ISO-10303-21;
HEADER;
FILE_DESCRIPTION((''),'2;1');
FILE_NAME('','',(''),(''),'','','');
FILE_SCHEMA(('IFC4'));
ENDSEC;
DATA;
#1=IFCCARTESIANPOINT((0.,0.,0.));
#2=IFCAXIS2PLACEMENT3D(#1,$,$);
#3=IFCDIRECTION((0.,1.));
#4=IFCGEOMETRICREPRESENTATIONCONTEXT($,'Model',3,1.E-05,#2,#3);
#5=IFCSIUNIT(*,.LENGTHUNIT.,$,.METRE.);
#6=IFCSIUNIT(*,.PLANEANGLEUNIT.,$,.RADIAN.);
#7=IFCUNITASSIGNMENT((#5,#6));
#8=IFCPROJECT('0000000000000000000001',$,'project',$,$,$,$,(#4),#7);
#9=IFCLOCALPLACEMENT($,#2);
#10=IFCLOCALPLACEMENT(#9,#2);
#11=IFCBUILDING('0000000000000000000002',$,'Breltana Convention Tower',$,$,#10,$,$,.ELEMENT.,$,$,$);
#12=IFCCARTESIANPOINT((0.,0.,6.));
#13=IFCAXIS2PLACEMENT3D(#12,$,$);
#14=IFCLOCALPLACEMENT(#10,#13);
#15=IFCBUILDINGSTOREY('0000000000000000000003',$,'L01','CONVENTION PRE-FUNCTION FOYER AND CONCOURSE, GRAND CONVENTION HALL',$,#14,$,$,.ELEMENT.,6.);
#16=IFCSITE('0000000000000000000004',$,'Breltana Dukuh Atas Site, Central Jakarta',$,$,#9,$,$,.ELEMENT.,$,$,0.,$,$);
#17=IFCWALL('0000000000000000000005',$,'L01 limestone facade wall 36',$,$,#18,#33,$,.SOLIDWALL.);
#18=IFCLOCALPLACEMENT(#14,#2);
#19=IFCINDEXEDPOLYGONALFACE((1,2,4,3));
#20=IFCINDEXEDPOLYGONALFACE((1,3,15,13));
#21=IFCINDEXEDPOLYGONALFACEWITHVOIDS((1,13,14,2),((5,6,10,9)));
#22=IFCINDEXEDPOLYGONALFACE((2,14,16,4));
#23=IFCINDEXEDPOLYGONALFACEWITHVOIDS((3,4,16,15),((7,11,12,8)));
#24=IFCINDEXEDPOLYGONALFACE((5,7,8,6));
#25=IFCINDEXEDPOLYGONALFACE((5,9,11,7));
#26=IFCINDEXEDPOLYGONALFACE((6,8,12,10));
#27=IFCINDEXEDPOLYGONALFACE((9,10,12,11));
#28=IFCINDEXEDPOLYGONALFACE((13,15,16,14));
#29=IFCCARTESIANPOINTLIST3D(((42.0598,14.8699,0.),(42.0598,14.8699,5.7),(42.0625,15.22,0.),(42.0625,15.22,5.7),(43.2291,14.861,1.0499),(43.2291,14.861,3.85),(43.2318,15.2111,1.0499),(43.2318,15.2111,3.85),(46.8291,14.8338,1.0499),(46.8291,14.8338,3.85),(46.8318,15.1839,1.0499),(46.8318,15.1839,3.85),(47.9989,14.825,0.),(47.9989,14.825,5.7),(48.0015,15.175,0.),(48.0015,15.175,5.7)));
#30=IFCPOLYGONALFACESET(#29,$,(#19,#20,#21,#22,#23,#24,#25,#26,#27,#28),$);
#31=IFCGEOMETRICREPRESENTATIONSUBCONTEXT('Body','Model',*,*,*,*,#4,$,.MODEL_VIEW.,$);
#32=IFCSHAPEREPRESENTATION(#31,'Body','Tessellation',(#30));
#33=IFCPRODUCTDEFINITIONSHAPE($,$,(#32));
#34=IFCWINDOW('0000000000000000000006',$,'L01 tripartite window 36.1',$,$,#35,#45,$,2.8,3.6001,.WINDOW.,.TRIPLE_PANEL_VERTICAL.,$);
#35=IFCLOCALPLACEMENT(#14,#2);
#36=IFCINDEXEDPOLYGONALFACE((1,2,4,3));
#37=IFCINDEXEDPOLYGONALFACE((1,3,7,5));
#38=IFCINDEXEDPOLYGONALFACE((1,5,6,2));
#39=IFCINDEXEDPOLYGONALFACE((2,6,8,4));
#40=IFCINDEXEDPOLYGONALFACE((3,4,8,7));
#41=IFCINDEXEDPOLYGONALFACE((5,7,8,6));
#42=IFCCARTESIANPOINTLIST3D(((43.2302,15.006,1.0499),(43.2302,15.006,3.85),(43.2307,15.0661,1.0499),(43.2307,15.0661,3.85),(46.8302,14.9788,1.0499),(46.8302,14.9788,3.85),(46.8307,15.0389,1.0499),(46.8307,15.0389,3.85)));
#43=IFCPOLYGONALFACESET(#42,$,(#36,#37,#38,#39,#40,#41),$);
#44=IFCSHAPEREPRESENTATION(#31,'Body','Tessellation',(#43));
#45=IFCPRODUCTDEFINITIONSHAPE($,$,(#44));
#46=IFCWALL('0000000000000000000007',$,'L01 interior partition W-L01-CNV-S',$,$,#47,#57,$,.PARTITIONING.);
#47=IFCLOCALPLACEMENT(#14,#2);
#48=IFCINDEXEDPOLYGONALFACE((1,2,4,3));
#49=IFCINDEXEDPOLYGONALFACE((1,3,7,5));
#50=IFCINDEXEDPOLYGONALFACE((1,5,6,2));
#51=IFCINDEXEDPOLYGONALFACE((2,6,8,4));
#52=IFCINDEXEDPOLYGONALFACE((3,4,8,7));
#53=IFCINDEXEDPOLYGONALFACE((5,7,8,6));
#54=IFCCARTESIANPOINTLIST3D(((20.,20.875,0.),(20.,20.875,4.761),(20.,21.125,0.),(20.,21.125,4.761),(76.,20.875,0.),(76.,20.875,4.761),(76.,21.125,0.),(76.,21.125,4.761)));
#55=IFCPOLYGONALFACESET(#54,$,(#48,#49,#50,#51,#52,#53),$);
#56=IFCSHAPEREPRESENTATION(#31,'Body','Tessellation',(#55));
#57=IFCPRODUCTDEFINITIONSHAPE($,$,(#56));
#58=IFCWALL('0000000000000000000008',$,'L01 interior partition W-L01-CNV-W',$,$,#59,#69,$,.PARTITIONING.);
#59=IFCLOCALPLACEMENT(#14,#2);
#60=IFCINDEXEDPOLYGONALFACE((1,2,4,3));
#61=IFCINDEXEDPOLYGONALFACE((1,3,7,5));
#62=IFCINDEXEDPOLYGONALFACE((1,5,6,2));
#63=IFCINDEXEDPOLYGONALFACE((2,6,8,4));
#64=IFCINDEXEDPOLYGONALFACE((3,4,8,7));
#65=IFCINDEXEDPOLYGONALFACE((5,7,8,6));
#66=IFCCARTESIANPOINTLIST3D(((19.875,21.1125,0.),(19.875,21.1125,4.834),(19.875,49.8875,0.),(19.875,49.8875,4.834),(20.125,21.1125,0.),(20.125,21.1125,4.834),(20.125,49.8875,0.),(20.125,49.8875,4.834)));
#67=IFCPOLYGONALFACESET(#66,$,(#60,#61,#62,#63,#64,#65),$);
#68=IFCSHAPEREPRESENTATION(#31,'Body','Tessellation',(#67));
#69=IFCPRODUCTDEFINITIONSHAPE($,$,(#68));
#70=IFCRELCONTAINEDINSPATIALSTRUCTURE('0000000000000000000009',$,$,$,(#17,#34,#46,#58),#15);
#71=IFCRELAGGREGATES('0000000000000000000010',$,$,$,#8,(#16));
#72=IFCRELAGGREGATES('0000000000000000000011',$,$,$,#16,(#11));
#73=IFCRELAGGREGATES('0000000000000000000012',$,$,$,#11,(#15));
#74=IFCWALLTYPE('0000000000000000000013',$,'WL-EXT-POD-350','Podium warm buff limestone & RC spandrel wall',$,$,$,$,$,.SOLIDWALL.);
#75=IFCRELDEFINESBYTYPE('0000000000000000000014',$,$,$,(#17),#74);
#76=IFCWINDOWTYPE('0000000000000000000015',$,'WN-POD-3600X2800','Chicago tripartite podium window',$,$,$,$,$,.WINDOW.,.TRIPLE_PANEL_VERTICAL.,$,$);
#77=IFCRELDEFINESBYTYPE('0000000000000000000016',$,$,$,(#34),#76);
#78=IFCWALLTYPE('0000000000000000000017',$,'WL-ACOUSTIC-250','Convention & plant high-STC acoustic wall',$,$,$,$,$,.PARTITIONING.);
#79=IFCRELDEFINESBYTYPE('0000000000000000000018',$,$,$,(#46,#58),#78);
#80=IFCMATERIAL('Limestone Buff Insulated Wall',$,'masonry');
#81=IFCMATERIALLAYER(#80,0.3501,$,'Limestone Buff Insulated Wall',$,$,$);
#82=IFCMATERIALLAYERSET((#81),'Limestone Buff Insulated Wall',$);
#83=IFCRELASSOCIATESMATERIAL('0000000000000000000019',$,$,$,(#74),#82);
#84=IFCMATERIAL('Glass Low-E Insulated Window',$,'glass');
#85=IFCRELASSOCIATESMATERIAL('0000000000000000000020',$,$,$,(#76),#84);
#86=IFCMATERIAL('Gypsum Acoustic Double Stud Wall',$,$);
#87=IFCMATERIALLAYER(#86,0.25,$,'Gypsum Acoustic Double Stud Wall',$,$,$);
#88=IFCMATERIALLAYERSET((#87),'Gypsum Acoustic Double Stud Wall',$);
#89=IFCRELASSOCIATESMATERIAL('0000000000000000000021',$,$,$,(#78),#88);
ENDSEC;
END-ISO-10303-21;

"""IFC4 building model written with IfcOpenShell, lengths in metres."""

from ifc_helpers import new_model, si_unit, direction, frame, frame_2d, origin, place, context, subcontext, project, spatial, rectangle, extrude, source, transform, mapped, material, layer, layer_set, type_object, type_shapes, element, fill, save


model = new_model("IFC4")

# Units and contexts
model_context = context("Model", 3, precision=1e-05, world=origin(), true_north=direction((0.0, 1.0)))
body_context = subcontext(model_context, "Body", "Model", "MODEL_VIEW")
ifc_project = project(units=[si_unit("LENGTHUNIT", "METRE"), si_unit("PLANEANGLEUNIT", "RADIAN")], contexts=[model_context])

# Site, building, storey
site_placement = place(None, origin())
site = spatial("IfcSite", under=ifc_project, at=site_placement, Name="Breltana Dukuh Atas Site, Central Jakarta", CompositionType="ELEMENT", RefElevation=0.0)
building_placement = place(site_placement, origin())
building = spatial("IfcBuilding", under=site, at=building_placement, Name="Breltana Convention Tower", CompositionType="ELEMENT")
storey_placement = place(building_placement, frame((0.0, 0.0, 6.0)))
storey = spatial("IfcBuildingStorey", under=building, at=storey_placement, Name="L01", Description="CONVENTION PRE-FUNCTION FOYER AND CONCOURSE, GRAND CONVENTION HALL", CompositionType="ELEMENT", Elevation=6.0)

# Shared definitions
ifc_material_1 = material(Name="Limestone Buff Insulated Wall", Category="masonry")
ifc_layer_1 = layer(ifc_material_1, 0.3501, Name="Limestone Buff Insulated Wall")
ifc_layer_set_1 = layer_set([ifc_layer_1], Name="Limestone Buff Insulated Wall")
wall_type_1 = type_object("IfcWallType", Name="WL-EXT-POD-350", Description="Podium warm buff limestone & RC spandrel wall", PredefinedType="SOLIDWALL", material=ifc_layer_set_1)

# Wall, opening, window
ifc_material_2 = material(Name="Glass Low-E Insulated Window", Category="glass")
window_type_1 = type_object("IfcWindowType", Name="WN-POD-3600X2800", Description="Chicago tripartite podium window", PartitioningType="TRIPLE_PANEL_VERTICAL", PredefinedType="WINDOW", material=ifc_material_2)
shared_shape_1 = source(origin(), body_context, "Body", "SweptSolid", [
    extrude(rectangle(XDim=3.6001, YDim=2.8, at=frame_2d((1.8, 1.3999))), frame((0.0, 0.03, 0.0), z_axis=(0.0, -1.0, 0.0), x_axis=(1.0, 0.0, 0.0)), (0.0, 0.0, 1.0), 0.0601),
])
type_shapes(window_type_1, [shared_shape_1])
shared_shape_2 = source(origin(), body_context, "Body", "SweptSolid", [
    extrude(rectangle(XDim=5.9392, YDim=0.3501, at=frame_2d((2.9697, 0.0))), origin(), (0.0, 0.0, 1.0), 5.7),
])
wall_1_placement = place(storey_placement, frame((42.061, 15.0449, 0.0), z_axis=(0.0, 0.0, 1.0), x_axis=(0.999971, -0.007564, 0.0)))
wall_1 = element("IfcWall", 1, at=wall_1_placement, inside=storey, type_object=wall_type_1, Name="L01 limestone facade wall 36", PredefinedType="SOLIDWALL", context=body_context, shape_type="MappedRepresentation", body=[
    mapped(shared_shape_2, transform((0.0, 0.0, 0.0), scale=1.0)),
])
opening_1_placement = place(wall_1_placement, frame((1.1694, 0.0, 1.05)))
opening_1 = element("IfcOpeningElement", 2, at=opening_1_placement, cuts=wall_1, PredefinedType="OPENING", context=body_context, shape_type="SweptSolid", body=[
    extrude(rectangle(XDim=3.6001, YDim=2.8, at=frame_2d((1.8, 1.3999))), frame((0.0, 0.1851, 0.0), z_axis=(0.0, -1.0, 0.0), x_axis=(1.0, 0.0, 0.0)), (0.0, 0.0, 1.0), 0.3701),
])
window_1_placement = place(opening_1_placement, origin())
window_1 = element("IfcWindow", 3, at=window_1_placement, inside=storey, type_object=window_type_1, Name="L01 tripartite window 36.1", OverallHeight=2.8, OverallWidth=3.6001, PartitioningType="TRIPLE_PANEL_VERTICAL", PredefinedType="WINDOW", context=body_context, shape_type="MappedRepresentation", body=[
    mapped(shared_shape_1, transform((0.0, 0.0, 0.0), scale=1.0)),
])
fill(opening_1, window_1)

# Walls
ifc_material_3 = material(Name="Gypsum Acoustic Double Stud Wall")
ifc_layer_2 = layer(ifc_material_3, 0.25, Name="Gypsum Acoustic Double Stud Wall")
ifc_layer_set_2 = layer_set([ifc_layer_2], Name="Gypsum Acoustic Double Stud Wall")
wall_type_2 = type_object("IfcWallType", Name="WL-ACOUSTIC-250", Description="Convention & plant high-STC acoustic wall", PredefinedType="PARTITIONING", material=ifc_layer_set_2)
shared_shape_3 = source(origin(), body_context, "Body", "SweptSolid", [
    extrude(rectangle(XDim=56.0, YDim=0.25, at=frame_2d((28.0, 0.0))), origin(), (0.0, 0.0, 1.0), 4.761),
])
wall_2_placement = place(storey_placement, frame((20.0, 21.0, 0.0), z_axis=(0.0, 0.0, 1.0), x_axis=(1.0, 0.0, 0.0)))
element("IfcWall", 4, at=wall_2_placement, inside=storey, type_object=wall_type_2, Name="L01 interior partition W-L01-CNV-S", PredefinedType="PARTITIONING", context=body_context, shape_type="MappedRepresentation", body=[
    mapped(shared_shape_3, transform((0.0, 0.0, 0.0), scale=1.0)),
])
shared_shape_4 = source(origin(), body_context, "Body", "SweptSolid", [
    extrude(rectangle(XDim=28.7749, YDim=0.25, at=frame_2d((14.3875, 0.0))), origin(), (0.0, 0.0, 1.0), 4.834),
])
wall_3_placement = place(storey_placement, frame((20.0, 21.1125, 0.0), z_axis=(0.0, 0.0, 1.0), x_axis=(0.0, 1.0, 0.0)))
element("IfcWall", 5, at=wall_3_placement, inside=storey, type_object=wall_type_2, Name="L01 interior partition W-L01-CNV-W", PredefinedType="PARTITIONING", context=body_context, shape_type="MappedRepresentation", body=[
    mapped(shared_shape_4, transform((0.0, 0.0, 0.0), scale=1.0)),
])

save(model, "model.ifc")
